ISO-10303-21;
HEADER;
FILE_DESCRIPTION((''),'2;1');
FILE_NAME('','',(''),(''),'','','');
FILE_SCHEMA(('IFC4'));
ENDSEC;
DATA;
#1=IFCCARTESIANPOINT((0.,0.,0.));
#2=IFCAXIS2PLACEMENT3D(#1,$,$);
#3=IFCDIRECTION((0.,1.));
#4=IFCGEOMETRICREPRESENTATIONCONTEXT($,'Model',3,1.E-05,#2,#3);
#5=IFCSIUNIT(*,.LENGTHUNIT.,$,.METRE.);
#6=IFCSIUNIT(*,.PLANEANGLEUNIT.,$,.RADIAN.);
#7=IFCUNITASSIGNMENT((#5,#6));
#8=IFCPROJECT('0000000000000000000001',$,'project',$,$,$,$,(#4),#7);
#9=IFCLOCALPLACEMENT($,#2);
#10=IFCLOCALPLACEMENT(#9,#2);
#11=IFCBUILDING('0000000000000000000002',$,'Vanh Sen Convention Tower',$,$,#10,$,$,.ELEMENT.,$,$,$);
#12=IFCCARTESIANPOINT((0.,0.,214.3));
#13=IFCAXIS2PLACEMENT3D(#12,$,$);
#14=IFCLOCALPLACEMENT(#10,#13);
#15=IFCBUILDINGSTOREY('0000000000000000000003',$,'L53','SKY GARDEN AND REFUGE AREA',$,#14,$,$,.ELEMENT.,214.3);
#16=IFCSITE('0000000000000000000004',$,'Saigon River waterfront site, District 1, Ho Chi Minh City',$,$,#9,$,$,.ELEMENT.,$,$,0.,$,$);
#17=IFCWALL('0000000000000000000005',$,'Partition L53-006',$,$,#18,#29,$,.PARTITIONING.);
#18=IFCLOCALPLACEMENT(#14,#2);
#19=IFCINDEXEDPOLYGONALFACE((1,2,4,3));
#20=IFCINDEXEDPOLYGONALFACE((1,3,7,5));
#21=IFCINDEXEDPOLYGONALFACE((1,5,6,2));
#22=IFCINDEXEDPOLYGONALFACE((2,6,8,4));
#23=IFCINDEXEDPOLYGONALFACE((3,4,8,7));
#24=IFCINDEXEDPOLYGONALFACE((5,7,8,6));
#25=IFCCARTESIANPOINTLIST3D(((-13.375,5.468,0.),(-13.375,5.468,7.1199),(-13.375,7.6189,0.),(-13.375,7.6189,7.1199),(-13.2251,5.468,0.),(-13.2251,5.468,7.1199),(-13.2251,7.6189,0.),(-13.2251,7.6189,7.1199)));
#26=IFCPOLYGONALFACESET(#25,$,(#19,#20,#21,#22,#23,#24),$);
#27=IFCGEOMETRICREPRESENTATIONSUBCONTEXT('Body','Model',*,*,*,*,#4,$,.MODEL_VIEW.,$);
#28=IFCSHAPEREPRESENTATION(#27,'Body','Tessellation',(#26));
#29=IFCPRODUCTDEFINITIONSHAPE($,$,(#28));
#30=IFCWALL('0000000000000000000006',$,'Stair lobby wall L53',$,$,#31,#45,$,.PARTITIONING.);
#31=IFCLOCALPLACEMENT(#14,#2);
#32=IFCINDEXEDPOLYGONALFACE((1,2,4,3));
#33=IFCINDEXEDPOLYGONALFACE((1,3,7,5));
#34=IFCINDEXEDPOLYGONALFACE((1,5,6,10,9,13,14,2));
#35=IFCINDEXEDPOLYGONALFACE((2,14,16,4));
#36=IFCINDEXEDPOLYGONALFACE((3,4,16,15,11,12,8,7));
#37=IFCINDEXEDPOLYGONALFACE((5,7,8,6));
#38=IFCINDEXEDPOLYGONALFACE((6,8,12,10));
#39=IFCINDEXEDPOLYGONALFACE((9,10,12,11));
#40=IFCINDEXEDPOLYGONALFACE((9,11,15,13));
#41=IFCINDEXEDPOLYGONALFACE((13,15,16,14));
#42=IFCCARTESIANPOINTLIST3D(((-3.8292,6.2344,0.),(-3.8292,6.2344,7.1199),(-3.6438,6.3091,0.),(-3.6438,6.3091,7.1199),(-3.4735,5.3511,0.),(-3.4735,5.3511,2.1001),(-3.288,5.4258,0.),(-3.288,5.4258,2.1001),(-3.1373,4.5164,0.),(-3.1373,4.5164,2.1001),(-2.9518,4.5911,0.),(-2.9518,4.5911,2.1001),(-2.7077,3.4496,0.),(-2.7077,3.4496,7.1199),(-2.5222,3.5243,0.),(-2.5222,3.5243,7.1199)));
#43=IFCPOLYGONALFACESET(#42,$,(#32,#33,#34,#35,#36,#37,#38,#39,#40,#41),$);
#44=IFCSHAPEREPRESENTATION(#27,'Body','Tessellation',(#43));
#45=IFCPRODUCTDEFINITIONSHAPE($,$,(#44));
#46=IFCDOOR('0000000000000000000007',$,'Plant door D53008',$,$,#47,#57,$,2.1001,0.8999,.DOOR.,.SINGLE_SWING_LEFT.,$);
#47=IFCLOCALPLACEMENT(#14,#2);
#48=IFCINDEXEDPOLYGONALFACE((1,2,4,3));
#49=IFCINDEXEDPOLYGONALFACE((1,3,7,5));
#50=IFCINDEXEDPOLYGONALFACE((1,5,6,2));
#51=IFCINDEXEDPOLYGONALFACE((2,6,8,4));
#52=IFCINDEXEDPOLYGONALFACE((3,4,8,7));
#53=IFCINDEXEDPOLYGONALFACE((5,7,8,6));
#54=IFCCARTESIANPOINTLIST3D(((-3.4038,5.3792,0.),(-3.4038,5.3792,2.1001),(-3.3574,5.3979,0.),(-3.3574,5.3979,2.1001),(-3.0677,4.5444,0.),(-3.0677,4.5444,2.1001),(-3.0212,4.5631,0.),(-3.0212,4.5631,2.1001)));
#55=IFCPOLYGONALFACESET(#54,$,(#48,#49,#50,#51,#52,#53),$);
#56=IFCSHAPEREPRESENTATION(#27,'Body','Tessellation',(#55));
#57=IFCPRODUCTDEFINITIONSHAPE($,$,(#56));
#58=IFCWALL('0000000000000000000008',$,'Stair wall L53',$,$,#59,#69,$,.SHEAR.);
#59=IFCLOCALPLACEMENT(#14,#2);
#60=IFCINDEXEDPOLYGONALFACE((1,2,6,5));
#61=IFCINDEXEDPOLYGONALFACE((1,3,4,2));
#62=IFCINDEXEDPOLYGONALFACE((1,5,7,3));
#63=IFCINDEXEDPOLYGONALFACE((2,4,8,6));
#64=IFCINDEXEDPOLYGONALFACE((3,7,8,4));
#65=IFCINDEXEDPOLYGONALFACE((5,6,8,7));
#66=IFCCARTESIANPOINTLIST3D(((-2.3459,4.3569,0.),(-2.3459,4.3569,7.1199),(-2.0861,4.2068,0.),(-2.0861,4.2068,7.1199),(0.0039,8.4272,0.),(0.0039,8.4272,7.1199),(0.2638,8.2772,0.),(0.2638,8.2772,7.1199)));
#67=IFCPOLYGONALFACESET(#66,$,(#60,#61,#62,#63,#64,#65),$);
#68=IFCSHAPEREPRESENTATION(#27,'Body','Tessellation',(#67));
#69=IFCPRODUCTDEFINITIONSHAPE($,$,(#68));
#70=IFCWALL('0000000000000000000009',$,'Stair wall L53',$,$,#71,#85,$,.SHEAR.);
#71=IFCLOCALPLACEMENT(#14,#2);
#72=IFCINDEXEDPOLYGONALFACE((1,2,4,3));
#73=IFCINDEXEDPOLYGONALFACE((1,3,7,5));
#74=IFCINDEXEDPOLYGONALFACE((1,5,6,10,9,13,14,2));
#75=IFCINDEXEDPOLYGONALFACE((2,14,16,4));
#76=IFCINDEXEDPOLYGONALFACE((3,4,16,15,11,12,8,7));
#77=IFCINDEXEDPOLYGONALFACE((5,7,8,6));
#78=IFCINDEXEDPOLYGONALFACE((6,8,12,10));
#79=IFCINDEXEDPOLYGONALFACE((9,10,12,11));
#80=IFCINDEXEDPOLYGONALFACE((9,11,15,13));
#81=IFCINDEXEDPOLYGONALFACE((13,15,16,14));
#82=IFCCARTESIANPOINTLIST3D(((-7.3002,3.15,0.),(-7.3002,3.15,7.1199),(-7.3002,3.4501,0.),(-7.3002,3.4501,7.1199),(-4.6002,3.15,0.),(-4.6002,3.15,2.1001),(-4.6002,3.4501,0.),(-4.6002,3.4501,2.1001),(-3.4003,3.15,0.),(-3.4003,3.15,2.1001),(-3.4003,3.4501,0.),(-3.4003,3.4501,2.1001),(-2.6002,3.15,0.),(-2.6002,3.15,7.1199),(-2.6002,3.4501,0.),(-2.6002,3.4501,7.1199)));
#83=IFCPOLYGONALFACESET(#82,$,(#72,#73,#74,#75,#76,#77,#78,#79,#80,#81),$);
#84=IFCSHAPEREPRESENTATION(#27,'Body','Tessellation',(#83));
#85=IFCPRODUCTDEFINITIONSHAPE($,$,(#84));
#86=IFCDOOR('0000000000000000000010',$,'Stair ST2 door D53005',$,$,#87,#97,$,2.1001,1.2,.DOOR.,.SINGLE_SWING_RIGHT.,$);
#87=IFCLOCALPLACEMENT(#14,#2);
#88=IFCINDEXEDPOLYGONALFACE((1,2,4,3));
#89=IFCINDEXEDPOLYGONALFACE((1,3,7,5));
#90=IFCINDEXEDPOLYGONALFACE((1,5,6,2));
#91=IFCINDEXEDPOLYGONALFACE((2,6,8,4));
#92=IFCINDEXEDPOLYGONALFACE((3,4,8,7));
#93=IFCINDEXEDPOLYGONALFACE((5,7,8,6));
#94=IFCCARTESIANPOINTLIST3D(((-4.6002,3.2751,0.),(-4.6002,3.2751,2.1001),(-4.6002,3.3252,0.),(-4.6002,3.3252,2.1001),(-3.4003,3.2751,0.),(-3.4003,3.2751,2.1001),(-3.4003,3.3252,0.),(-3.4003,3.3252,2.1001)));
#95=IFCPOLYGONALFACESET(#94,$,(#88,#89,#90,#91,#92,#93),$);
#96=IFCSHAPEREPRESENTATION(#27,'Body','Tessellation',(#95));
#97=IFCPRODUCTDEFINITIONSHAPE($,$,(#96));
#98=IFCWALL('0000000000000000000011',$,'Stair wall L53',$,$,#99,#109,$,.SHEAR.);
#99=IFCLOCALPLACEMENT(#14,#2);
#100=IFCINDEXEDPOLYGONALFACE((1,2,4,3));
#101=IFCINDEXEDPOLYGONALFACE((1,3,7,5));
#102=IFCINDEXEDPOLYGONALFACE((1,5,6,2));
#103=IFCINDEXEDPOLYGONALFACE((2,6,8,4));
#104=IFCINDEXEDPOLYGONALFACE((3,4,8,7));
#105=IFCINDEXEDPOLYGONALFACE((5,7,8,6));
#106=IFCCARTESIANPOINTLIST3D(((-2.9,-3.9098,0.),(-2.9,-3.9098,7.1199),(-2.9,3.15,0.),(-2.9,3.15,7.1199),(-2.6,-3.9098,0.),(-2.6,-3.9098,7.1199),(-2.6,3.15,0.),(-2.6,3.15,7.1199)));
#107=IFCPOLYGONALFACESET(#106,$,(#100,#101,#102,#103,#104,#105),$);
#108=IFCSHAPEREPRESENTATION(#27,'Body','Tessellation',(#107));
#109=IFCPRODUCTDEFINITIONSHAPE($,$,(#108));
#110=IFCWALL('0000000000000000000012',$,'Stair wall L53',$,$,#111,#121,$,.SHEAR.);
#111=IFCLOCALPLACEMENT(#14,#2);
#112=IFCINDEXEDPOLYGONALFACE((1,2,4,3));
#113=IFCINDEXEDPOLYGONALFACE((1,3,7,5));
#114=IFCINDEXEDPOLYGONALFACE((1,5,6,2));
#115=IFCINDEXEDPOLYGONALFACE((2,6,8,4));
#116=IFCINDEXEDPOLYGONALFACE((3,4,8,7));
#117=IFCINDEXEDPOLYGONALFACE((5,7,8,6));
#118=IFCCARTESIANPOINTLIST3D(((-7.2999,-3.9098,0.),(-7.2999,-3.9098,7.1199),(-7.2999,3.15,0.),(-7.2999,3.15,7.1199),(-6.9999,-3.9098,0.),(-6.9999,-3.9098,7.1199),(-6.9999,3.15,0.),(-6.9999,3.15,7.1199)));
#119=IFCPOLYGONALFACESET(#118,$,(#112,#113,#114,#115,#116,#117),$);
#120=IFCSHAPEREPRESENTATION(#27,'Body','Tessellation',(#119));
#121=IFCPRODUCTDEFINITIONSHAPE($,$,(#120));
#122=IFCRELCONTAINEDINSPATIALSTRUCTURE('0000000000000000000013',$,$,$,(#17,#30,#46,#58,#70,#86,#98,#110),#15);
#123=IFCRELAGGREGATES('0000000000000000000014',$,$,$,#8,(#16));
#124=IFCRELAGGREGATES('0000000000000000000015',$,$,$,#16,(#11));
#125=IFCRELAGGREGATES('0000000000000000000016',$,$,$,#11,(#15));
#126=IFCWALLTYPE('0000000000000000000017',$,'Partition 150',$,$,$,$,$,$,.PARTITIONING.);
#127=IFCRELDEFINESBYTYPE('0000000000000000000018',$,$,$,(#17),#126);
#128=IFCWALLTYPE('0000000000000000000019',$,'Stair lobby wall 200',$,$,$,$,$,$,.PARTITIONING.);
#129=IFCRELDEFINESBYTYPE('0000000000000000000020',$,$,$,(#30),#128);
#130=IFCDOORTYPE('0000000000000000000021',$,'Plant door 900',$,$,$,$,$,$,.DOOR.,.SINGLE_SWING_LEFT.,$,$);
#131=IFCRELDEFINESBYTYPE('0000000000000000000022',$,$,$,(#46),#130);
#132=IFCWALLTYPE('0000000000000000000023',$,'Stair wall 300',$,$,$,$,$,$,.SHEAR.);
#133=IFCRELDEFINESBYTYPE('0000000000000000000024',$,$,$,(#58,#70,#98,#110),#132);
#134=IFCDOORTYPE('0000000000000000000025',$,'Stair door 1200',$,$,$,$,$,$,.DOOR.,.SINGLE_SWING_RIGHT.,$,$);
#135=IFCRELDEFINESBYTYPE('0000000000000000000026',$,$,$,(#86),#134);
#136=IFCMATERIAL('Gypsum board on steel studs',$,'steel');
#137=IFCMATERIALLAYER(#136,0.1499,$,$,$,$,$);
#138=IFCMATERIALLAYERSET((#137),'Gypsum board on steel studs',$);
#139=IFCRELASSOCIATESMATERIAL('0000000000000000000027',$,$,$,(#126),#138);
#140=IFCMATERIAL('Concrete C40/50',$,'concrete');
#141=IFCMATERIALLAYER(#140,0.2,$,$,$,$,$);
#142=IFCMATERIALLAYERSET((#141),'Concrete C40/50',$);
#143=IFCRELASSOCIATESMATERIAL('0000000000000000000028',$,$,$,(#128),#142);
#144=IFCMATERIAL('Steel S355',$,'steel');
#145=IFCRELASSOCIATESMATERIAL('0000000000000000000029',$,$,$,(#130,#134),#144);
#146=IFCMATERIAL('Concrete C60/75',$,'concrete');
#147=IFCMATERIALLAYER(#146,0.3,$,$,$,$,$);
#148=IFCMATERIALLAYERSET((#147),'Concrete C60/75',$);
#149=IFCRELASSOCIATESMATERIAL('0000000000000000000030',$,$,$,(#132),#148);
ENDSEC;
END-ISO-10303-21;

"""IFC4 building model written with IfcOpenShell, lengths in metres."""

from ifc_helpers import new_model, si_unit, direction, frame, frame_2d, origin, place, context, subcontext, project, spatial, rectangle, extrude, material, layer, layer_set, type_object, element, fill, save


model = new_model("IFC4")

# Units and contexts
model_context = context("Model", 3, precision=1e-05, world=origin(), true_north=direction((0.0, 1.0)))
body_context = subcontext(model_context, "Body", "Model", "MODEL_VIEW")
ifc_project = project(units=[si_unit("LENGTHUNIT", "METRE"), si_unit("PLANEANGLEUNIT", "RADIAN")], contexts=[model_context])

# Site, building, storey
site_placement = place(None, origin())
site = spatial("IfcSite", under=ifc_project, at=site_placement, Name="Saigon River waterfront site, District 1, Ho Chi Minh City", CompositionType="ELEMENT", RefElevation=0.0)
building_placement = place(site_placement, origin())
building = spatial("IfcBuilding", under=site, at=building_placement, Name="Vanh Sen Convention Tower", CompositionType="ELEMENT")
storey_placement = place(building_placement, frame((0.0, 0.0, 214.3)))
storey = spatial("IfcBuildingStorey", under=building, at=storey_placement, Name="L53", Description="SKY GARDEN AND REFUGE AREA", CompositionType="ELEMENT", Elevation=214.3)

# Shared definitions
ifc_material_1 = material(Name="Concrete C60/75", Category="concrete")

# Wall
ifc_material_2 = material(Name="Concrete C40/50", Category="concrete")
ifc_material_3 = material(Name="Gypsum board on steel studs", Category="steel")
ifc_layer_1 = layer(ifc_material_3, 0.1499)
ifc_layer_set_1 = layer_set([ifc_layer_1], Name="Gypsum board on steel studs")
wall_type_1 = type_object("IfcWallType", Name="Partition 150", PredefinedType="PARTITIONING", material=ifc_layer_set_1)
wall_1_placement = place(storey_placement, frame((-13.3, 7.6189, 0.0), z_axis=(0.0, 0.0, 1.0), x_axis=(0.0, -1.0, 0.0)))
element("IfcWall", 1, at=wall_1_placement, inside=storey, type_object=wall_type_1, Name="Partition L53-006", PredefinedType="PARTITIONING", context=body_context, shape_type="SweptSolid", body=[
    extrude(rectangle(XDim=2.1509, YDim=0.1499, at=frame_2d((1.0754, 0.0))), origin(), (0.0, 0.0, 1.0), 7.1199),
])

# Wall, opening, door
ifc_layer_2 = layer(ifc_material_2, 0.2)
ifc_layer_set_2 = layer_set([ifc_layer_2], Name="Concrete C40/50")
wall_type_2 = type_object("IfcWallType", Name="Stair lobby wall 200", PredefinedType="PARTITIONING", material=ifc_layer_set_2)
wall_2_placement = place(storey_placement, frame((-2.615, 3.4871, 0.0), z_axis=(0.0, 0.0, 1.0), x_axis=(-0.373577, 0.927599, 0.0)))
wall_2 = element("IfcWall", 2, at=wall_2_placement, inside=storey, type_object=wall_type_2, Name="Stair lobby wall L53", PredefinedType="PARTITIONING", context=body_context, shape_type="SweptSolid", body=[
    extrude(rectangle(XDim=3.0022, YDim=0.2, at=frame_2d((1.501, 0.0))), origin(), (0.0, 0.0, 1.0), 7.1199),
])
opening_1_placement = place(wall_2_placement, frame((1.1499, 0.0, 0.0)))
opening_1 = element("IfcOpeningElement", 3, at=opening_1_placement, cuts=wall_2, PredefinedType="OPENING", context=body_context, shape_type="SweptSolid", body=[
    extrude(rectangle(XDim=0.8999, YDim=2.1001, at=frame_2d((0.45, 1.05))), frame((0.0, 0.1099, 0.0), z_axis=(0.0, -1.0, 0.0), x_axis=(1.0, 0.0, 0.0)), (0.0, 0.0, 1.0), 0.22),
])
ifc_material_4 = material(Name="Steel S355", Category="steel")
door_type_1 = type_object("IfcDoorType", Name="Plant door 900", OperationType="SINGLE_SWING_LEFT", PredefinedType="DOOR", material=ifc_material_4)
door_1_placement = place(opening_1_placement, origin())
door_1 = element("IfcDoor", 4, at=door_1_placement, inside=storey, type_object=door_type_1, Name="Plant door D53008", OperationType="SINGLE_SWING_LEFT", OverallHeight=2.1001, OverallWidth=0.8999, PredefinedType="DOOR", context=body_context, shape_type="SweptSolid", body=[
    extrude(rectangle(XDim=0.8999, YDim=2.1001, at=frame_2d((0.45, 1.05))), frame((0.0, 0.0249, 0.0), z_axis=(0.0, -1.0, 0.0), x_axis=(1.0, 0.0, 0.0)), (0.0, 0.0, 1.0), 0.05),
])
fill(opening_1, door_1)

# Wall
ifc_layer_3 = layer(ifc_material_1, 0.3)
ifc_layer_set_3 = layer_set([ifc_layer_3], Name="Concrete C60/75")
wall_type_3 = type_object("IfcWallType", Name="Stair wall 300", PredefinedType="SHEAR", material=ifc_layer_set_3)
wall_3_placement = place(storey_placement, frame((-2.2161, 4.2817, 0.0), z_axis=(0.0, 0.0, 1.0), x_axis=(0.499977, 0.866039, 0.0)))
element("IfcWall", 5, at=wall_3_placement, inside=storey, type_object=wall_type_3, Name="Stair wall L53", PredefinedType="SHEAR", context=body_context, shape_type="SweptSolid", body=[
    extrude(rectangle(XDim=4.7, YDim=0.3, at=frame_2d((2.3501, 0.0))), origin(), (0.0, 0.0, 1.0), 7.1199),
])

# Wall, opening, door
wall_4_placement = place(storey_placement, frame((-2.6001, 3.3, 0.0), z_axis=(0.0, 0.0, 1.0), x_axis=(-1.0, 0.0, 0.0)))
wall_4 = element("IfcWall", 6, at=wall_4_placement, inside=storey, type_object=wall_type_3, Name="Stair wall L53", PredefinedType="SHEAR", context=body_context, shape_type="SweptSolid", body=[
    extrude(rectangle(XDim=4.7, YDim=0.3, at=frame_2d((2.3501, 0.0))), origin(), (0.0, 0.0, 1.0), 7.1199),
])
opening_2_placement = place(wall_4_placement, frame((0.8, 0.0, 0.0)))
opening_2 = element("IfcOpeningElement", 7, at=opening_2_placement, cuts=wall_4, PredefinedType="OPENING", context=body_context, shape_type="SweptSolid", body=[
    extrude(rectangle(XDim=1.2, YDim=2.1001, at=frame_2d((0.6001, 1.05))), frame((0.0, 0.1599, 0.0), z_axis=(0.0, -1.0, 0.0), x_axis=(1.0, 0.0, 0.0)), (0.0, 0.0, 1.0), 0.3201),
])
door_type_2 = type_object("IfcDoorType", Name="Stair door 1200", OperationType="SINGLE_SWING_RIGHT", PredefinedType="DOOR", material=ifc_material_4)
door_2_placement = place(opening_2_placement, origin())
door_2 = element("IfcDoor", 8, at=door_2_placement, inside=storey, type_object=door_type_2, Name="Stair ST2 door D53005", OperationType="SINGLE_SWING_RIGHT", OverallHeight=2.1001, OverallWidth=1.2, PredefinedType="DOOR", context=body_context, shape_type="SweptSolid", body=[
    extrude(rectangle(XDim=1.2, YDim=2.1001, at=frame_2d((0.6001, 1.05))), frame((0.0, 0.0249, 0.0), z_axis=(0.0, -1.0, 0.0), x_axis=(1.0, 0.0, 0.0)), (0.0, 0.0, 1.0), 0.05),
])
fill(opening_2, door_2)

# Walls
for number, where, z_axis, x_axis, name in (
    (9, (-2.75, 3.1499, 0.0), (0.0, 0.0, 1.0), (0.0, -1.0, 0.0), "Stair wall L53"),
    (10, (-7.1499, 3.1499, 0.0), (0.0, 0.0, 1.0), (0.0, -1.0, 0.0), "Stair wall L53"),
):
    element("IfcWall", number, at=place(storey_placement, frame(where, z_axis=z_axis, x_axis=x_axis)), inside=storey, type_object=wall_type_3, Name=name, PredefinedType="SHEAR", context=body_context, shape_type="SweptSolid", body=[
        extrude(rectangle(XDim=7.0598, YDim=0.3, at=frame_2d((3.5298, 0.0))), origin(), (0.0, 0.0, 1.0), 7.1199),
    ])

save(model, "model.ifc")
